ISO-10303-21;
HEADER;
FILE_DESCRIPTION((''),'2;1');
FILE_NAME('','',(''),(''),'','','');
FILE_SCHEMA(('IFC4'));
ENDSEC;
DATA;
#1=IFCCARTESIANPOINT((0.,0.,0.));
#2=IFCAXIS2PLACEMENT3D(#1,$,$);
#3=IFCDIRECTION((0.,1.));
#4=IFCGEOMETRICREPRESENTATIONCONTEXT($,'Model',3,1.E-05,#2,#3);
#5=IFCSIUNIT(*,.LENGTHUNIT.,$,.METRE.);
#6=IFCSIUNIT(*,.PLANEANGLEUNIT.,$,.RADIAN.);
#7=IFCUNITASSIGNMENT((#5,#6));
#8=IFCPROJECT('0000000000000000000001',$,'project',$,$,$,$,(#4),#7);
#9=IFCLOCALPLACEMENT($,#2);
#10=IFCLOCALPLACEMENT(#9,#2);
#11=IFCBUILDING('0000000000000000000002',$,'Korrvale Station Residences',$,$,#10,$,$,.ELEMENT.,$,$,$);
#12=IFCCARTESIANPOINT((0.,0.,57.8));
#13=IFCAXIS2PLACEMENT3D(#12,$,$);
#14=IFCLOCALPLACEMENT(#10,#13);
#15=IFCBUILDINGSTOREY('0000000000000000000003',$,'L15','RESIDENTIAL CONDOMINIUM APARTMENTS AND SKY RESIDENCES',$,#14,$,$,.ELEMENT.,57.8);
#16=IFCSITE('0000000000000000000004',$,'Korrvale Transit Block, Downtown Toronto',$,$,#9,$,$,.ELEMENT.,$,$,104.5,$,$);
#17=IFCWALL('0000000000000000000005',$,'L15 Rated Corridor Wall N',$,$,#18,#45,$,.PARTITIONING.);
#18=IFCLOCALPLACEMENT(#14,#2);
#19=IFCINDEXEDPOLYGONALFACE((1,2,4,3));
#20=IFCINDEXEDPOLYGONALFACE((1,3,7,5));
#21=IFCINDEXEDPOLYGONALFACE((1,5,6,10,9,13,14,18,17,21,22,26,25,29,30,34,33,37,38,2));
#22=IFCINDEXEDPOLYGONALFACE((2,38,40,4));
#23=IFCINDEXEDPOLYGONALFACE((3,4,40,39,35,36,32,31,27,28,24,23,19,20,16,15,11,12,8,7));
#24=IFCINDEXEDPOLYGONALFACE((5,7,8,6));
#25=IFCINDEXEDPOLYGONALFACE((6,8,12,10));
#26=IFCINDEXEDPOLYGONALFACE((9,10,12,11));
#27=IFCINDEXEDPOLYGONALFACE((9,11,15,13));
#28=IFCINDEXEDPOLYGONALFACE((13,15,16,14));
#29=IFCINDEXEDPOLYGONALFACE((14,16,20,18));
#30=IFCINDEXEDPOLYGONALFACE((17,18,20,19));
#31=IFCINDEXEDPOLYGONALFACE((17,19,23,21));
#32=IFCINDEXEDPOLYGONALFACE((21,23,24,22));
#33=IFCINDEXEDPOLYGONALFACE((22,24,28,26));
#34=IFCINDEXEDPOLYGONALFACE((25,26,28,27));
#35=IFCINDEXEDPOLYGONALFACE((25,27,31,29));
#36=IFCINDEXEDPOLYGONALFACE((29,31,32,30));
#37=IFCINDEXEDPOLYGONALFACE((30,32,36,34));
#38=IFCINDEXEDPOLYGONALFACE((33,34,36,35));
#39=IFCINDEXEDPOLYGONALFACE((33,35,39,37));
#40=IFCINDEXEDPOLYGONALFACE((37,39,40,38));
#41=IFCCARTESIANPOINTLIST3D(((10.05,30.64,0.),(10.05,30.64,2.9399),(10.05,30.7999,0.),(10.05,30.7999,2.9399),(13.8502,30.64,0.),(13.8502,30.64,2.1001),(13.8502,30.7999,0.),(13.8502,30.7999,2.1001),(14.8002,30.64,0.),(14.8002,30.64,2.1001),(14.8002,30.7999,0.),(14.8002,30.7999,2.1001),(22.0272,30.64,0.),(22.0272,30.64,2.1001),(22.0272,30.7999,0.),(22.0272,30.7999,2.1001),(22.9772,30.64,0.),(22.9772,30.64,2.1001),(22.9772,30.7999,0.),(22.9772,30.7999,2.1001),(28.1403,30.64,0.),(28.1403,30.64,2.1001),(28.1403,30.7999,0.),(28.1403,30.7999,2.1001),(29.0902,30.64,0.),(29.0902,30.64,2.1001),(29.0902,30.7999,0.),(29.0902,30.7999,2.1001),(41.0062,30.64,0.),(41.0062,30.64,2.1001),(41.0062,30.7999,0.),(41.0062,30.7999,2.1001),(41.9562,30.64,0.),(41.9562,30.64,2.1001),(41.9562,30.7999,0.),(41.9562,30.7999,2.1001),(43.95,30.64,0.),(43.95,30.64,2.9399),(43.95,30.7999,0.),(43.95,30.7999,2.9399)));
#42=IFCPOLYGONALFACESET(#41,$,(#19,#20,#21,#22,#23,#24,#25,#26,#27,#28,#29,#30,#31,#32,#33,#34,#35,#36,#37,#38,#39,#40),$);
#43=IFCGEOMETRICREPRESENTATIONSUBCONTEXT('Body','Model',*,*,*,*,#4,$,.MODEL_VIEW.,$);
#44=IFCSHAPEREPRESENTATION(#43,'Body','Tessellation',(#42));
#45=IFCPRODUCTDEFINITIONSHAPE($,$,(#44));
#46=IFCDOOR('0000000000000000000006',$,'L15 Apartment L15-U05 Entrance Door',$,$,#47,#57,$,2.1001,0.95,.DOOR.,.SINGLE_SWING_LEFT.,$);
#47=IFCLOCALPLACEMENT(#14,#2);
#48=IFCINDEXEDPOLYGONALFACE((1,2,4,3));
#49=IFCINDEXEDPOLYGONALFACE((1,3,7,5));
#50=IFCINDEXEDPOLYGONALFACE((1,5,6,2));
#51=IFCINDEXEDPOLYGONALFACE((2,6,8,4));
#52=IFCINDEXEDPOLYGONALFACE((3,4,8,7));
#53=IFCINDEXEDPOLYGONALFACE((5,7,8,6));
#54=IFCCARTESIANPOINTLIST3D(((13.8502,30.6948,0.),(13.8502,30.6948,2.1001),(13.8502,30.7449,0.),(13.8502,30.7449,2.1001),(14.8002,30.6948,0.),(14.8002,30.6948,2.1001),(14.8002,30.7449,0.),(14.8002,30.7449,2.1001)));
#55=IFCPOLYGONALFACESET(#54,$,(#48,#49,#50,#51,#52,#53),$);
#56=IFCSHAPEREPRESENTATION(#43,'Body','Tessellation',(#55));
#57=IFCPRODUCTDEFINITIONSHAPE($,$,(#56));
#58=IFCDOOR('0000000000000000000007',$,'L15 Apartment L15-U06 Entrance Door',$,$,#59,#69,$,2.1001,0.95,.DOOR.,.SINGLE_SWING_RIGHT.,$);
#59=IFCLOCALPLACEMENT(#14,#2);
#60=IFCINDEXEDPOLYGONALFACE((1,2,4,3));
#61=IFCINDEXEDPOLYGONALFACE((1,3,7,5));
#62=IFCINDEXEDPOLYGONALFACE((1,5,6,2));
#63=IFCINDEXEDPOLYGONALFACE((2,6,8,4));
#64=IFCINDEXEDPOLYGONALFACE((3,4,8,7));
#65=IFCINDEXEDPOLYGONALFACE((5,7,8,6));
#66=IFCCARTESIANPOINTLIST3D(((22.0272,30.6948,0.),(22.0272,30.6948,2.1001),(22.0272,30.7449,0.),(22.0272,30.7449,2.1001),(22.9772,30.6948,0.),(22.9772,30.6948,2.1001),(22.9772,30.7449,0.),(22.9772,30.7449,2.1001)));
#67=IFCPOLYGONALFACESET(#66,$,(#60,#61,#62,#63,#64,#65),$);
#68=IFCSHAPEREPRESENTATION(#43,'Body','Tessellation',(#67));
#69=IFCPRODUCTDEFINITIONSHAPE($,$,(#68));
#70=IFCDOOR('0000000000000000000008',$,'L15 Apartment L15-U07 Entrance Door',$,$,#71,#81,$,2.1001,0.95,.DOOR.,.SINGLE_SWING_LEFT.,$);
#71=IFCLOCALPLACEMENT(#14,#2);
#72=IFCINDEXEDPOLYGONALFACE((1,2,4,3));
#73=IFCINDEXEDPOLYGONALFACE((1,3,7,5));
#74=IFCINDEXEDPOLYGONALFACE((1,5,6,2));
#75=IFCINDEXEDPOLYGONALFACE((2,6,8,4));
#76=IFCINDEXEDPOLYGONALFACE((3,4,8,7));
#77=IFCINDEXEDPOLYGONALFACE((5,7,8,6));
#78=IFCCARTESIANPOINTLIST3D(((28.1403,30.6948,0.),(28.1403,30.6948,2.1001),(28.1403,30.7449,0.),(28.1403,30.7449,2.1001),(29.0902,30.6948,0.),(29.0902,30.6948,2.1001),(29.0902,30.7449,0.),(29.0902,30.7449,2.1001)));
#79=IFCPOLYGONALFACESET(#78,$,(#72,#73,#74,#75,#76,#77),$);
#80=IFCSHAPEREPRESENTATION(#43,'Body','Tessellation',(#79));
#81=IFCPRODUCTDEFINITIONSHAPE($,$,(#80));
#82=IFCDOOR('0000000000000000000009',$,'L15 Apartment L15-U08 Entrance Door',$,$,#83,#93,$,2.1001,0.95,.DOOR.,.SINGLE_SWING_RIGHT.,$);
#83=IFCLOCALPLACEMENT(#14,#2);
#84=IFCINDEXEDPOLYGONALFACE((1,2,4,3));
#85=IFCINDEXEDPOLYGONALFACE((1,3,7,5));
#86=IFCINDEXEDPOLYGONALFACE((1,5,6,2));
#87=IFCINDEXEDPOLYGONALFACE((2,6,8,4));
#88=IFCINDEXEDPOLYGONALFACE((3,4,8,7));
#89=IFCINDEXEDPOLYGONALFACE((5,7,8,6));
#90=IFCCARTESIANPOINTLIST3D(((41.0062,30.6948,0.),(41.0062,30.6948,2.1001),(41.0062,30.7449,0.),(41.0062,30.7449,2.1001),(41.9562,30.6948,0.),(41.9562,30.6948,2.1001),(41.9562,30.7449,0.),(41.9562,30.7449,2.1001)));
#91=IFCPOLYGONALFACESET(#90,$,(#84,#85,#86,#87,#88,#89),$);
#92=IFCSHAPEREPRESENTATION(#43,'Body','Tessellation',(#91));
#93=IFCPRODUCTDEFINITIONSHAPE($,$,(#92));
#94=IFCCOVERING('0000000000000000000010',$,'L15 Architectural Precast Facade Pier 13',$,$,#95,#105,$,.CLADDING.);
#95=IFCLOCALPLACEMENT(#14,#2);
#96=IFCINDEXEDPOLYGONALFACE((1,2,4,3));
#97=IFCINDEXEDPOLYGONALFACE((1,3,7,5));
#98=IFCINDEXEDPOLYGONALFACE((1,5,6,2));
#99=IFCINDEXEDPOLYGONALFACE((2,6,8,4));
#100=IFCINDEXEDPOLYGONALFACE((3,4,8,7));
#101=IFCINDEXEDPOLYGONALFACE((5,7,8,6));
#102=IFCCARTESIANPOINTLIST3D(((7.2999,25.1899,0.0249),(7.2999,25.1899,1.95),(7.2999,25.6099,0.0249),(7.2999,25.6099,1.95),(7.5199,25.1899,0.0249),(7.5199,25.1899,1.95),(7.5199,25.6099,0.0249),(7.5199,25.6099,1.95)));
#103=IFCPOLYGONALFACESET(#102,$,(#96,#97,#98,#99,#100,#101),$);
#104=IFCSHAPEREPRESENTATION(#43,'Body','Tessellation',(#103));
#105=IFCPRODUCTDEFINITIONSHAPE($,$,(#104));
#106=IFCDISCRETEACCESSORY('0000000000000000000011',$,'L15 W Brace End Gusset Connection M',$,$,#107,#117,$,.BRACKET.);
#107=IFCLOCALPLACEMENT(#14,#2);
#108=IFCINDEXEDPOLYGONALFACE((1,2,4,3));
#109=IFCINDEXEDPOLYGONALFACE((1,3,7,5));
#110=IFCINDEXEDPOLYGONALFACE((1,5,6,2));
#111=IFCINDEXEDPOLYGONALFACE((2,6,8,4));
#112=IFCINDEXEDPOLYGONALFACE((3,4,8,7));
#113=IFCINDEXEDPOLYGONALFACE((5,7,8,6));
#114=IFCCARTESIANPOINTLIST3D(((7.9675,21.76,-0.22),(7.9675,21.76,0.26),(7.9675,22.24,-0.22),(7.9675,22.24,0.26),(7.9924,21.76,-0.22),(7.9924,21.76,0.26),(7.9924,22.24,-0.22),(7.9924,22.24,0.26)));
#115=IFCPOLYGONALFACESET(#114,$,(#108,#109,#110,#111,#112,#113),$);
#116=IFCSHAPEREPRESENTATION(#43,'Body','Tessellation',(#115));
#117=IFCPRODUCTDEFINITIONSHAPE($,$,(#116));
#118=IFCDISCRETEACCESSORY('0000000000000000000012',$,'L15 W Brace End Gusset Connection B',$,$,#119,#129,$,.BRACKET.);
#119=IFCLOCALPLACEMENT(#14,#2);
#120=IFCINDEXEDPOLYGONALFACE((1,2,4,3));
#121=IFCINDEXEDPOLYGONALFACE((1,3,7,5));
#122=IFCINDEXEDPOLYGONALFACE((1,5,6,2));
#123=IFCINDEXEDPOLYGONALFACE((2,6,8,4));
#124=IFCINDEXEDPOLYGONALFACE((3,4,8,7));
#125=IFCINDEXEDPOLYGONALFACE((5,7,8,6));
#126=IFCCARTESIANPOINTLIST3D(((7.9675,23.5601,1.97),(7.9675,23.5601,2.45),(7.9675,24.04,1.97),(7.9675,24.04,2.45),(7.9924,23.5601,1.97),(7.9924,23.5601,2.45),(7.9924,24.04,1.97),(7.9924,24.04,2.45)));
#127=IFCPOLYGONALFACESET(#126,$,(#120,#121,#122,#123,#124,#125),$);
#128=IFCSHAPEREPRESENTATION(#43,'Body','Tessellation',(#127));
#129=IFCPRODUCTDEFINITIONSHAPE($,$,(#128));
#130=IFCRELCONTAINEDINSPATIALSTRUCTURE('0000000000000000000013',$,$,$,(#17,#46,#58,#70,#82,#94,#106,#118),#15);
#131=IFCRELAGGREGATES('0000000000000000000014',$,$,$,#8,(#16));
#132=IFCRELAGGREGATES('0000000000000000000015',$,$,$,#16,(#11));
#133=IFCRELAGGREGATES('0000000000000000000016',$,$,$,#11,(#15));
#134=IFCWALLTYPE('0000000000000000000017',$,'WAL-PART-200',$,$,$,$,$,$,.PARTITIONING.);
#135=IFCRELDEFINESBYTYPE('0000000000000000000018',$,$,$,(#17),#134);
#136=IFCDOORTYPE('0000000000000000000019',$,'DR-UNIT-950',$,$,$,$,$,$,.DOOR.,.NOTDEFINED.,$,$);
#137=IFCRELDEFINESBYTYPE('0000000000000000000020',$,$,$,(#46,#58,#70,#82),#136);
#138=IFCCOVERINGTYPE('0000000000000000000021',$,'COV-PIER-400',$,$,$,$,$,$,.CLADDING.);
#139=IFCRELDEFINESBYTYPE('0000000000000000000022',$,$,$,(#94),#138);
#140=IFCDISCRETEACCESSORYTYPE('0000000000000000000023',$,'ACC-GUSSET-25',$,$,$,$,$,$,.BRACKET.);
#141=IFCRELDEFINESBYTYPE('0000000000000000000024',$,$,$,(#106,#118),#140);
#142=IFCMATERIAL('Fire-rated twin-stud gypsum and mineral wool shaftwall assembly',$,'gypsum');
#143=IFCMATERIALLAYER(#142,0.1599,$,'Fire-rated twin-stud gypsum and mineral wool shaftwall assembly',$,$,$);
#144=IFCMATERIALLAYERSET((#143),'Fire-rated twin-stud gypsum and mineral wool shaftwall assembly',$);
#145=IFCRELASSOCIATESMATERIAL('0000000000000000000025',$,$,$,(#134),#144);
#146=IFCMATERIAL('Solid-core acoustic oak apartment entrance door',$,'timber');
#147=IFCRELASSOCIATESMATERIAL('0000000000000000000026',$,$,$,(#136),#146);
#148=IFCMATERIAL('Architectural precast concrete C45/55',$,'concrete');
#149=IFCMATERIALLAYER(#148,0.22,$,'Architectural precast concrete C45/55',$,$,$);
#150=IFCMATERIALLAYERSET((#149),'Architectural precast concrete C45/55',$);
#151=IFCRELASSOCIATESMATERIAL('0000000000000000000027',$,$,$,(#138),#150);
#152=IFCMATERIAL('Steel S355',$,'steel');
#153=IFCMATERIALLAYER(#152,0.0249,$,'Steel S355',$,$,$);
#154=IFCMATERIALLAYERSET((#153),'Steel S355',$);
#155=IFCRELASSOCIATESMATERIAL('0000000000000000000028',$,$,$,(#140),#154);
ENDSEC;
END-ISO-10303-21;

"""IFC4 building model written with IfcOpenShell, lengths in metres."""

from ifc_helpers import new_model, si_unit, direction, frame, frame_2d, origin, origin_2d, place, context, subcontext, project, spatial, rectangle, extrude, material, layer, layer_set, type_object, element, fill, save


model = new_model("IFC4")

# Units and contexts
model_context = context("Model", 3, precision=1e-05, world=origin(), true_north=direction((0.0, 1.0)))
body_context = subcontext(model_context, "Body", "Model", "MODEL_VIEW")
ifc_project = project(units=[si_unit("LENGTHUNIT", "METRE"), si_unit("PLANEANGLEUNIT", "RADIAN")], contexts=[model_context])

# Site, building, storey
site_placement = place(None, origin())
site = spatial("IfcSite", under=ifc_project, at=site_placement, Name="Korrvale Transit Block, Downtown Toronto", CompositionType="ELEMENT", RefElevation=104.5)
building_placement = place(site_placement, origin())
building = spatial("IfcBuilding", under=site, at=building_placement, Name="Korrvale Station Residences", CompositionType="ELEMENT")
storey_placement = place(building_placement, frame((0.0, 0.0, 57.8)))
storey = spatial("IfcBuildingStorey", under=building, at=storey_placement, Name="L15", Description="RESIDENTIAL CONDOMINIUM APARTMENTS AND SKY RESIDENCES", CompositionType="ELEMENT", Elevation=57.8)

# Shared definitions
ifc_material_1 = material(Name="Steel S355", Category="steel")

# Shared definitions
ifc_material_2 = material(Name="Fire-rated twin-stud gypsum and mineral wool shaftwall assembly", Category="gypsum")
ifc_layer_1 = layer(ifc_material_2, 0.1599, Name="Fire-rated twin-stud gypsum and mineral wool shaftwall assembly")
ifc_layer_set_1 = layer_set([ifc_layer_1], Name="Fire-rated twin-stud gypsum and mineral wool shaftwall assembly")
wall_type_1 = type_object("IfcWallType", Name="WAL-PART-200", PredefinedType="PARTITIONING", material=ifc_layer_set_1)

# Wall, openings, doors
wall_1_placement = place(storey_placement, frame((10.05, 30.72, 0.0), z_axis=(0.0, 0.0, 1.0), x_axis=(1.0, 0.0, 0.0)))
wall_1 = element("IfcWall", 1, at=wall_1_placement, inside=storey, type_object=wall_type_1, Name="L15 Rated Corridor Wall N", PredefinedType="PARTITIONING", context=body_context, shape_type="SweptSolid", body=[
    extrude(rectangle(XDim=33.8999, YDim=0.1599, at=frame_2d((16.95, 0.0))), origin(), (0.0, 0.0, 1.0), 2.9399),
])
opening_1_placement = place(wall_1_placement, frame((3.8, 0.0, 0.0)))
opening_1 = element("IfcOpeningElement", 2, at=opening_1_placement, cuts=wall_1, PredefinedType="OPENING", context=body_context, shape_type="SweptSolid", body=[
    extrude(rectangle(XDim=0.95, YDim=2.1001, at=frame_2d((0.4751, 1.05))), frame((0.0, 0.0898, 0.0), z_axis=(0.0, -1.0, 0.0), x_axis=(1.0, 0.0, 0.0)), (0.0, 0.0, 1.0), 0.1799),
])
opening_2_placement = place(wall_1_placement, frame((11.9771, 0.0, 0.0)))
opening_2 = element("IfcOpeningElement", 3, at=opening_2_placement, cuts=wall_1, PredefinedType="OPENING", context=body_context, shape_type="SweptSolid", body=[
    extrude(rectangle(XDim=0.95, YDim=2.1001, at=frame_2d((0.4751, 1.05))), frame((0.0, 0.0898, 0.0), z_axis=(0.0, -1.0, 0.0), x_axis=(1.0, 0.0, 0.0)), (0.0, 0.0, 1.0), 0.1799),
])
opening_3_placement = place(wall_1_placement, frame((18.0901, 0.0, 0.0)))
opening_3 = element("IfcOpeningElement", 4, at=opening_3_placement, cuts=wall_1, PredefinedType="OPENING", context=body_context, shape_type="SweptSolid", body=[
    extrude(rectangle(XDim=0.95, YDim=2.1001, at=frame_2d((0.4751, 1.05))), frame((0.0, 0.0898, 0.0), z_axis=(0.0, -1.0, 0.0), x_axis=(1.0, 0.0, 0.0)), (0.0, 0.0, 1.0), 0.1799),
])
opening_4_placement = place(wall_1_placement, frame((30.9561, 0.0, 0.0)))
opening_4 = element("IfcOpeningElement", 5, at=opening_4_placement, cuts=wall_1, PredefinedType="OPENING", context=body_context, shape_type="SweptSolid", body=[
    extrude(rectangle(XDim=0.95, YDim=2.1001, at=frame_2d((0.4751, 1.05))), frame((0.0, 0.0898, 0.0), z_axis=(0.0, -1.0, 0.0), x_axis=(1.0, 0.0, 0.0)), (0.0, 0.0, 1.0), 0.1799),
])
ifc_material_3 = material(Name="Solid-core acoustic oak apartment entrance door", Category="timber")
door_type_1 = type_object("IfcDoorType", Name="DR-UNIT-950", OperationType="NOTDEFINED", PredefinedType="DOOR", material=ifc_material_3)
door_1_placement = place(opening_1_placement, origin())
door_1 = element("IfcDoor", 6, at=door_1_placement, inside=storey, type_object=door_type_1, Name="L15 Apartment L15-U05 Entrance Door", OperationType="SINGLE_SWING_LEFT", OverallHeight=2.1001, OverallWidth=0.95, PredefinedType="DOOR", context=body_context, shape_type="SweptSolid", body=[
    extrude(rectangle(XDim=0.95, YDim=2.1001, at=frame_2d((0.4751, 1.05))), frame((0.0, 0.0249, 0.0), z_axis=(0.0, -1.0, 0.0), x_axis=(1.0, 0.0, 0.0)), (0.0, 0.0, 1.0), 0.05),
])
fill(opening_1, door_1)
door_2_placement = place(opening_2_placement, origin())
door_2 = element("IfcDoor", 7, at=door_2_placement, inside=storey, type_object=door_type_1, Name="L15 Apartment L15-U06 Entrance Door", OperationType="SINGLE_SWING_RIGHT", OverallHeight=2.1001, OverallWidth=0.95, PredefinedType="DOOR", context=body_context, shape_type="SweptSolid", body=[
    extrude(rectangle(XDim=0.95, YDim=2.1001, at=frame_2d((0.4751, 1.05))), frame((0.0, 0.0249, 0.0), z_axis=(0.0, -1.0, 0.0), x_axis=(1.0, 0.0, 0.0)), (0.0, 0.0, 1.0), 0.05),
])
fill(opening_2, door_2)
door_3_placement = place(opening_3_placement, origin())
door_3 = element("IfcDoor", 8, at=door_3_placement, inside=storey, type_object=door_type_1, Name="L15 Apartment L15-U07 Entrance Door", OperationType="SINGLE_SWING_LEFT", OverallHeight=2.1001, OverallWidth=0.95, PredefinedType="DOOR", context=body_context, shape_type="SweptSolid", body=[
    extrude(rectangle(XDim=0.95, YDim=2.1001, at=frame_2d((0.4751, 1.05))), frame((0.0, 0.0249, 0.0), z_axis=(0.0, -1.0, 0.0), x_axis=(1.0, 0.0, 0.0)), (0.0, 0.0, 1.0), 0.05),
])
fill(opening_3, door_3)
door_4_placement = place(opening_4_placement, origin())
door_4 = element("IfcDoor", 9, at=door_4_placement, inside=storey, type_object=door_type_1, Name="L15 Apartment L15-U08 Entrance Door", OperationType="SINGLE_SWING_RIGHT", OverallHeight=2.1001, OverallWidth=0.95, PredefinedType="DOOR", context=body_context, shape_type="SweptSolid", body=[
    extrude(rectangle(XDim=0.95, YDim=2.1001, at=frame_2d((0.4751, 1.05))), frame((0.0, 0.0249, 0.0), z_axis=(0.0, -1.0, 0.0), x_axis=(1.0, 0.0, 0.0)), (0.0, 0.0, 1.0), 0.05),
])
fill(opening_4, door_4)

# Covering
ifc_material_4 = material(Name="Architectural precast concrete C45/55", Category="concrete")
ifc_layer_2 = layer(ifc_material_4, 0.22, Name="Architectural precast concrete C45/55")
ifc_layer_set_2 = layer_set([ifc_layer_2], Name="Architectural precast concrete C45/55")
covering_type = type_object("IfcCoveringType", Name="COV-PIER-400", PredefinedType="CLADDING", material=ifc_layer_set_2)
covering_placement = place(storey_placement, frame((7.4099, 25.3999, 0.0249), z_axis=(0.0, 0.0, 1.0), x_axis=(0.0, 1.0, 0.0)))
element("IfcCovering", 10, at=covering_placement, inside=storey, type_object=covering_type, Name="L15 Architectural Precast Facade Pier 13", PredefinedType="CLADDING", context=body_context, shape_type="SweptSolid", body=[
    extrude(rectangle(XDim=0.4199, YDim=0.22, at=origin_2d()), origin(), (0.0, 0.0, 1.0), 1.925),
])

# Discrete accessories
ifc_layer_3 = layer(ifc_material_1, 0.0249, Name="Steel S355")
ifc_layer_set_3 = layer_set([ifc_layer_3], Name="Steel S355")
discrete_accessory_type = type_object("IfcDiscreteAccessoryType", Name="ACC-GUSSET-25", PredefinedType="BRACKET", material=ifc_layer_set_3)
for number, where, z_axis, x_axis, name in (
    (11, (7.98, 22.0, -0.22), (0.0, 0.0, 1.0), (0.0, 1.0, 0.0), "L15 W Brace End Gusset Connection M"),
    (12, (7.98, 23.8, 1.97), (0.0, 0.0, 1.0), (0.0, 1.0, 0.0), "L15 W Brace End Gusset Connection B"),
):
    element("IfcDiscreteAccessory", number, at=place(storey_placement, frame(where, z_axis=z_axis, x_axis=x_axis)), inside=storey, type_object=discrete_accessory_type, Name=name, PredefinedType="BRACKET", context=body_context, shape_type="SweptSolid", body=[
        extrude(rectangle(XDim=0.48, YDim=0.0249, at=origin_2d()), origin(), (0.0, 0.0, 1.0), 0.48),
    ])

save(model, "model.ifc")
